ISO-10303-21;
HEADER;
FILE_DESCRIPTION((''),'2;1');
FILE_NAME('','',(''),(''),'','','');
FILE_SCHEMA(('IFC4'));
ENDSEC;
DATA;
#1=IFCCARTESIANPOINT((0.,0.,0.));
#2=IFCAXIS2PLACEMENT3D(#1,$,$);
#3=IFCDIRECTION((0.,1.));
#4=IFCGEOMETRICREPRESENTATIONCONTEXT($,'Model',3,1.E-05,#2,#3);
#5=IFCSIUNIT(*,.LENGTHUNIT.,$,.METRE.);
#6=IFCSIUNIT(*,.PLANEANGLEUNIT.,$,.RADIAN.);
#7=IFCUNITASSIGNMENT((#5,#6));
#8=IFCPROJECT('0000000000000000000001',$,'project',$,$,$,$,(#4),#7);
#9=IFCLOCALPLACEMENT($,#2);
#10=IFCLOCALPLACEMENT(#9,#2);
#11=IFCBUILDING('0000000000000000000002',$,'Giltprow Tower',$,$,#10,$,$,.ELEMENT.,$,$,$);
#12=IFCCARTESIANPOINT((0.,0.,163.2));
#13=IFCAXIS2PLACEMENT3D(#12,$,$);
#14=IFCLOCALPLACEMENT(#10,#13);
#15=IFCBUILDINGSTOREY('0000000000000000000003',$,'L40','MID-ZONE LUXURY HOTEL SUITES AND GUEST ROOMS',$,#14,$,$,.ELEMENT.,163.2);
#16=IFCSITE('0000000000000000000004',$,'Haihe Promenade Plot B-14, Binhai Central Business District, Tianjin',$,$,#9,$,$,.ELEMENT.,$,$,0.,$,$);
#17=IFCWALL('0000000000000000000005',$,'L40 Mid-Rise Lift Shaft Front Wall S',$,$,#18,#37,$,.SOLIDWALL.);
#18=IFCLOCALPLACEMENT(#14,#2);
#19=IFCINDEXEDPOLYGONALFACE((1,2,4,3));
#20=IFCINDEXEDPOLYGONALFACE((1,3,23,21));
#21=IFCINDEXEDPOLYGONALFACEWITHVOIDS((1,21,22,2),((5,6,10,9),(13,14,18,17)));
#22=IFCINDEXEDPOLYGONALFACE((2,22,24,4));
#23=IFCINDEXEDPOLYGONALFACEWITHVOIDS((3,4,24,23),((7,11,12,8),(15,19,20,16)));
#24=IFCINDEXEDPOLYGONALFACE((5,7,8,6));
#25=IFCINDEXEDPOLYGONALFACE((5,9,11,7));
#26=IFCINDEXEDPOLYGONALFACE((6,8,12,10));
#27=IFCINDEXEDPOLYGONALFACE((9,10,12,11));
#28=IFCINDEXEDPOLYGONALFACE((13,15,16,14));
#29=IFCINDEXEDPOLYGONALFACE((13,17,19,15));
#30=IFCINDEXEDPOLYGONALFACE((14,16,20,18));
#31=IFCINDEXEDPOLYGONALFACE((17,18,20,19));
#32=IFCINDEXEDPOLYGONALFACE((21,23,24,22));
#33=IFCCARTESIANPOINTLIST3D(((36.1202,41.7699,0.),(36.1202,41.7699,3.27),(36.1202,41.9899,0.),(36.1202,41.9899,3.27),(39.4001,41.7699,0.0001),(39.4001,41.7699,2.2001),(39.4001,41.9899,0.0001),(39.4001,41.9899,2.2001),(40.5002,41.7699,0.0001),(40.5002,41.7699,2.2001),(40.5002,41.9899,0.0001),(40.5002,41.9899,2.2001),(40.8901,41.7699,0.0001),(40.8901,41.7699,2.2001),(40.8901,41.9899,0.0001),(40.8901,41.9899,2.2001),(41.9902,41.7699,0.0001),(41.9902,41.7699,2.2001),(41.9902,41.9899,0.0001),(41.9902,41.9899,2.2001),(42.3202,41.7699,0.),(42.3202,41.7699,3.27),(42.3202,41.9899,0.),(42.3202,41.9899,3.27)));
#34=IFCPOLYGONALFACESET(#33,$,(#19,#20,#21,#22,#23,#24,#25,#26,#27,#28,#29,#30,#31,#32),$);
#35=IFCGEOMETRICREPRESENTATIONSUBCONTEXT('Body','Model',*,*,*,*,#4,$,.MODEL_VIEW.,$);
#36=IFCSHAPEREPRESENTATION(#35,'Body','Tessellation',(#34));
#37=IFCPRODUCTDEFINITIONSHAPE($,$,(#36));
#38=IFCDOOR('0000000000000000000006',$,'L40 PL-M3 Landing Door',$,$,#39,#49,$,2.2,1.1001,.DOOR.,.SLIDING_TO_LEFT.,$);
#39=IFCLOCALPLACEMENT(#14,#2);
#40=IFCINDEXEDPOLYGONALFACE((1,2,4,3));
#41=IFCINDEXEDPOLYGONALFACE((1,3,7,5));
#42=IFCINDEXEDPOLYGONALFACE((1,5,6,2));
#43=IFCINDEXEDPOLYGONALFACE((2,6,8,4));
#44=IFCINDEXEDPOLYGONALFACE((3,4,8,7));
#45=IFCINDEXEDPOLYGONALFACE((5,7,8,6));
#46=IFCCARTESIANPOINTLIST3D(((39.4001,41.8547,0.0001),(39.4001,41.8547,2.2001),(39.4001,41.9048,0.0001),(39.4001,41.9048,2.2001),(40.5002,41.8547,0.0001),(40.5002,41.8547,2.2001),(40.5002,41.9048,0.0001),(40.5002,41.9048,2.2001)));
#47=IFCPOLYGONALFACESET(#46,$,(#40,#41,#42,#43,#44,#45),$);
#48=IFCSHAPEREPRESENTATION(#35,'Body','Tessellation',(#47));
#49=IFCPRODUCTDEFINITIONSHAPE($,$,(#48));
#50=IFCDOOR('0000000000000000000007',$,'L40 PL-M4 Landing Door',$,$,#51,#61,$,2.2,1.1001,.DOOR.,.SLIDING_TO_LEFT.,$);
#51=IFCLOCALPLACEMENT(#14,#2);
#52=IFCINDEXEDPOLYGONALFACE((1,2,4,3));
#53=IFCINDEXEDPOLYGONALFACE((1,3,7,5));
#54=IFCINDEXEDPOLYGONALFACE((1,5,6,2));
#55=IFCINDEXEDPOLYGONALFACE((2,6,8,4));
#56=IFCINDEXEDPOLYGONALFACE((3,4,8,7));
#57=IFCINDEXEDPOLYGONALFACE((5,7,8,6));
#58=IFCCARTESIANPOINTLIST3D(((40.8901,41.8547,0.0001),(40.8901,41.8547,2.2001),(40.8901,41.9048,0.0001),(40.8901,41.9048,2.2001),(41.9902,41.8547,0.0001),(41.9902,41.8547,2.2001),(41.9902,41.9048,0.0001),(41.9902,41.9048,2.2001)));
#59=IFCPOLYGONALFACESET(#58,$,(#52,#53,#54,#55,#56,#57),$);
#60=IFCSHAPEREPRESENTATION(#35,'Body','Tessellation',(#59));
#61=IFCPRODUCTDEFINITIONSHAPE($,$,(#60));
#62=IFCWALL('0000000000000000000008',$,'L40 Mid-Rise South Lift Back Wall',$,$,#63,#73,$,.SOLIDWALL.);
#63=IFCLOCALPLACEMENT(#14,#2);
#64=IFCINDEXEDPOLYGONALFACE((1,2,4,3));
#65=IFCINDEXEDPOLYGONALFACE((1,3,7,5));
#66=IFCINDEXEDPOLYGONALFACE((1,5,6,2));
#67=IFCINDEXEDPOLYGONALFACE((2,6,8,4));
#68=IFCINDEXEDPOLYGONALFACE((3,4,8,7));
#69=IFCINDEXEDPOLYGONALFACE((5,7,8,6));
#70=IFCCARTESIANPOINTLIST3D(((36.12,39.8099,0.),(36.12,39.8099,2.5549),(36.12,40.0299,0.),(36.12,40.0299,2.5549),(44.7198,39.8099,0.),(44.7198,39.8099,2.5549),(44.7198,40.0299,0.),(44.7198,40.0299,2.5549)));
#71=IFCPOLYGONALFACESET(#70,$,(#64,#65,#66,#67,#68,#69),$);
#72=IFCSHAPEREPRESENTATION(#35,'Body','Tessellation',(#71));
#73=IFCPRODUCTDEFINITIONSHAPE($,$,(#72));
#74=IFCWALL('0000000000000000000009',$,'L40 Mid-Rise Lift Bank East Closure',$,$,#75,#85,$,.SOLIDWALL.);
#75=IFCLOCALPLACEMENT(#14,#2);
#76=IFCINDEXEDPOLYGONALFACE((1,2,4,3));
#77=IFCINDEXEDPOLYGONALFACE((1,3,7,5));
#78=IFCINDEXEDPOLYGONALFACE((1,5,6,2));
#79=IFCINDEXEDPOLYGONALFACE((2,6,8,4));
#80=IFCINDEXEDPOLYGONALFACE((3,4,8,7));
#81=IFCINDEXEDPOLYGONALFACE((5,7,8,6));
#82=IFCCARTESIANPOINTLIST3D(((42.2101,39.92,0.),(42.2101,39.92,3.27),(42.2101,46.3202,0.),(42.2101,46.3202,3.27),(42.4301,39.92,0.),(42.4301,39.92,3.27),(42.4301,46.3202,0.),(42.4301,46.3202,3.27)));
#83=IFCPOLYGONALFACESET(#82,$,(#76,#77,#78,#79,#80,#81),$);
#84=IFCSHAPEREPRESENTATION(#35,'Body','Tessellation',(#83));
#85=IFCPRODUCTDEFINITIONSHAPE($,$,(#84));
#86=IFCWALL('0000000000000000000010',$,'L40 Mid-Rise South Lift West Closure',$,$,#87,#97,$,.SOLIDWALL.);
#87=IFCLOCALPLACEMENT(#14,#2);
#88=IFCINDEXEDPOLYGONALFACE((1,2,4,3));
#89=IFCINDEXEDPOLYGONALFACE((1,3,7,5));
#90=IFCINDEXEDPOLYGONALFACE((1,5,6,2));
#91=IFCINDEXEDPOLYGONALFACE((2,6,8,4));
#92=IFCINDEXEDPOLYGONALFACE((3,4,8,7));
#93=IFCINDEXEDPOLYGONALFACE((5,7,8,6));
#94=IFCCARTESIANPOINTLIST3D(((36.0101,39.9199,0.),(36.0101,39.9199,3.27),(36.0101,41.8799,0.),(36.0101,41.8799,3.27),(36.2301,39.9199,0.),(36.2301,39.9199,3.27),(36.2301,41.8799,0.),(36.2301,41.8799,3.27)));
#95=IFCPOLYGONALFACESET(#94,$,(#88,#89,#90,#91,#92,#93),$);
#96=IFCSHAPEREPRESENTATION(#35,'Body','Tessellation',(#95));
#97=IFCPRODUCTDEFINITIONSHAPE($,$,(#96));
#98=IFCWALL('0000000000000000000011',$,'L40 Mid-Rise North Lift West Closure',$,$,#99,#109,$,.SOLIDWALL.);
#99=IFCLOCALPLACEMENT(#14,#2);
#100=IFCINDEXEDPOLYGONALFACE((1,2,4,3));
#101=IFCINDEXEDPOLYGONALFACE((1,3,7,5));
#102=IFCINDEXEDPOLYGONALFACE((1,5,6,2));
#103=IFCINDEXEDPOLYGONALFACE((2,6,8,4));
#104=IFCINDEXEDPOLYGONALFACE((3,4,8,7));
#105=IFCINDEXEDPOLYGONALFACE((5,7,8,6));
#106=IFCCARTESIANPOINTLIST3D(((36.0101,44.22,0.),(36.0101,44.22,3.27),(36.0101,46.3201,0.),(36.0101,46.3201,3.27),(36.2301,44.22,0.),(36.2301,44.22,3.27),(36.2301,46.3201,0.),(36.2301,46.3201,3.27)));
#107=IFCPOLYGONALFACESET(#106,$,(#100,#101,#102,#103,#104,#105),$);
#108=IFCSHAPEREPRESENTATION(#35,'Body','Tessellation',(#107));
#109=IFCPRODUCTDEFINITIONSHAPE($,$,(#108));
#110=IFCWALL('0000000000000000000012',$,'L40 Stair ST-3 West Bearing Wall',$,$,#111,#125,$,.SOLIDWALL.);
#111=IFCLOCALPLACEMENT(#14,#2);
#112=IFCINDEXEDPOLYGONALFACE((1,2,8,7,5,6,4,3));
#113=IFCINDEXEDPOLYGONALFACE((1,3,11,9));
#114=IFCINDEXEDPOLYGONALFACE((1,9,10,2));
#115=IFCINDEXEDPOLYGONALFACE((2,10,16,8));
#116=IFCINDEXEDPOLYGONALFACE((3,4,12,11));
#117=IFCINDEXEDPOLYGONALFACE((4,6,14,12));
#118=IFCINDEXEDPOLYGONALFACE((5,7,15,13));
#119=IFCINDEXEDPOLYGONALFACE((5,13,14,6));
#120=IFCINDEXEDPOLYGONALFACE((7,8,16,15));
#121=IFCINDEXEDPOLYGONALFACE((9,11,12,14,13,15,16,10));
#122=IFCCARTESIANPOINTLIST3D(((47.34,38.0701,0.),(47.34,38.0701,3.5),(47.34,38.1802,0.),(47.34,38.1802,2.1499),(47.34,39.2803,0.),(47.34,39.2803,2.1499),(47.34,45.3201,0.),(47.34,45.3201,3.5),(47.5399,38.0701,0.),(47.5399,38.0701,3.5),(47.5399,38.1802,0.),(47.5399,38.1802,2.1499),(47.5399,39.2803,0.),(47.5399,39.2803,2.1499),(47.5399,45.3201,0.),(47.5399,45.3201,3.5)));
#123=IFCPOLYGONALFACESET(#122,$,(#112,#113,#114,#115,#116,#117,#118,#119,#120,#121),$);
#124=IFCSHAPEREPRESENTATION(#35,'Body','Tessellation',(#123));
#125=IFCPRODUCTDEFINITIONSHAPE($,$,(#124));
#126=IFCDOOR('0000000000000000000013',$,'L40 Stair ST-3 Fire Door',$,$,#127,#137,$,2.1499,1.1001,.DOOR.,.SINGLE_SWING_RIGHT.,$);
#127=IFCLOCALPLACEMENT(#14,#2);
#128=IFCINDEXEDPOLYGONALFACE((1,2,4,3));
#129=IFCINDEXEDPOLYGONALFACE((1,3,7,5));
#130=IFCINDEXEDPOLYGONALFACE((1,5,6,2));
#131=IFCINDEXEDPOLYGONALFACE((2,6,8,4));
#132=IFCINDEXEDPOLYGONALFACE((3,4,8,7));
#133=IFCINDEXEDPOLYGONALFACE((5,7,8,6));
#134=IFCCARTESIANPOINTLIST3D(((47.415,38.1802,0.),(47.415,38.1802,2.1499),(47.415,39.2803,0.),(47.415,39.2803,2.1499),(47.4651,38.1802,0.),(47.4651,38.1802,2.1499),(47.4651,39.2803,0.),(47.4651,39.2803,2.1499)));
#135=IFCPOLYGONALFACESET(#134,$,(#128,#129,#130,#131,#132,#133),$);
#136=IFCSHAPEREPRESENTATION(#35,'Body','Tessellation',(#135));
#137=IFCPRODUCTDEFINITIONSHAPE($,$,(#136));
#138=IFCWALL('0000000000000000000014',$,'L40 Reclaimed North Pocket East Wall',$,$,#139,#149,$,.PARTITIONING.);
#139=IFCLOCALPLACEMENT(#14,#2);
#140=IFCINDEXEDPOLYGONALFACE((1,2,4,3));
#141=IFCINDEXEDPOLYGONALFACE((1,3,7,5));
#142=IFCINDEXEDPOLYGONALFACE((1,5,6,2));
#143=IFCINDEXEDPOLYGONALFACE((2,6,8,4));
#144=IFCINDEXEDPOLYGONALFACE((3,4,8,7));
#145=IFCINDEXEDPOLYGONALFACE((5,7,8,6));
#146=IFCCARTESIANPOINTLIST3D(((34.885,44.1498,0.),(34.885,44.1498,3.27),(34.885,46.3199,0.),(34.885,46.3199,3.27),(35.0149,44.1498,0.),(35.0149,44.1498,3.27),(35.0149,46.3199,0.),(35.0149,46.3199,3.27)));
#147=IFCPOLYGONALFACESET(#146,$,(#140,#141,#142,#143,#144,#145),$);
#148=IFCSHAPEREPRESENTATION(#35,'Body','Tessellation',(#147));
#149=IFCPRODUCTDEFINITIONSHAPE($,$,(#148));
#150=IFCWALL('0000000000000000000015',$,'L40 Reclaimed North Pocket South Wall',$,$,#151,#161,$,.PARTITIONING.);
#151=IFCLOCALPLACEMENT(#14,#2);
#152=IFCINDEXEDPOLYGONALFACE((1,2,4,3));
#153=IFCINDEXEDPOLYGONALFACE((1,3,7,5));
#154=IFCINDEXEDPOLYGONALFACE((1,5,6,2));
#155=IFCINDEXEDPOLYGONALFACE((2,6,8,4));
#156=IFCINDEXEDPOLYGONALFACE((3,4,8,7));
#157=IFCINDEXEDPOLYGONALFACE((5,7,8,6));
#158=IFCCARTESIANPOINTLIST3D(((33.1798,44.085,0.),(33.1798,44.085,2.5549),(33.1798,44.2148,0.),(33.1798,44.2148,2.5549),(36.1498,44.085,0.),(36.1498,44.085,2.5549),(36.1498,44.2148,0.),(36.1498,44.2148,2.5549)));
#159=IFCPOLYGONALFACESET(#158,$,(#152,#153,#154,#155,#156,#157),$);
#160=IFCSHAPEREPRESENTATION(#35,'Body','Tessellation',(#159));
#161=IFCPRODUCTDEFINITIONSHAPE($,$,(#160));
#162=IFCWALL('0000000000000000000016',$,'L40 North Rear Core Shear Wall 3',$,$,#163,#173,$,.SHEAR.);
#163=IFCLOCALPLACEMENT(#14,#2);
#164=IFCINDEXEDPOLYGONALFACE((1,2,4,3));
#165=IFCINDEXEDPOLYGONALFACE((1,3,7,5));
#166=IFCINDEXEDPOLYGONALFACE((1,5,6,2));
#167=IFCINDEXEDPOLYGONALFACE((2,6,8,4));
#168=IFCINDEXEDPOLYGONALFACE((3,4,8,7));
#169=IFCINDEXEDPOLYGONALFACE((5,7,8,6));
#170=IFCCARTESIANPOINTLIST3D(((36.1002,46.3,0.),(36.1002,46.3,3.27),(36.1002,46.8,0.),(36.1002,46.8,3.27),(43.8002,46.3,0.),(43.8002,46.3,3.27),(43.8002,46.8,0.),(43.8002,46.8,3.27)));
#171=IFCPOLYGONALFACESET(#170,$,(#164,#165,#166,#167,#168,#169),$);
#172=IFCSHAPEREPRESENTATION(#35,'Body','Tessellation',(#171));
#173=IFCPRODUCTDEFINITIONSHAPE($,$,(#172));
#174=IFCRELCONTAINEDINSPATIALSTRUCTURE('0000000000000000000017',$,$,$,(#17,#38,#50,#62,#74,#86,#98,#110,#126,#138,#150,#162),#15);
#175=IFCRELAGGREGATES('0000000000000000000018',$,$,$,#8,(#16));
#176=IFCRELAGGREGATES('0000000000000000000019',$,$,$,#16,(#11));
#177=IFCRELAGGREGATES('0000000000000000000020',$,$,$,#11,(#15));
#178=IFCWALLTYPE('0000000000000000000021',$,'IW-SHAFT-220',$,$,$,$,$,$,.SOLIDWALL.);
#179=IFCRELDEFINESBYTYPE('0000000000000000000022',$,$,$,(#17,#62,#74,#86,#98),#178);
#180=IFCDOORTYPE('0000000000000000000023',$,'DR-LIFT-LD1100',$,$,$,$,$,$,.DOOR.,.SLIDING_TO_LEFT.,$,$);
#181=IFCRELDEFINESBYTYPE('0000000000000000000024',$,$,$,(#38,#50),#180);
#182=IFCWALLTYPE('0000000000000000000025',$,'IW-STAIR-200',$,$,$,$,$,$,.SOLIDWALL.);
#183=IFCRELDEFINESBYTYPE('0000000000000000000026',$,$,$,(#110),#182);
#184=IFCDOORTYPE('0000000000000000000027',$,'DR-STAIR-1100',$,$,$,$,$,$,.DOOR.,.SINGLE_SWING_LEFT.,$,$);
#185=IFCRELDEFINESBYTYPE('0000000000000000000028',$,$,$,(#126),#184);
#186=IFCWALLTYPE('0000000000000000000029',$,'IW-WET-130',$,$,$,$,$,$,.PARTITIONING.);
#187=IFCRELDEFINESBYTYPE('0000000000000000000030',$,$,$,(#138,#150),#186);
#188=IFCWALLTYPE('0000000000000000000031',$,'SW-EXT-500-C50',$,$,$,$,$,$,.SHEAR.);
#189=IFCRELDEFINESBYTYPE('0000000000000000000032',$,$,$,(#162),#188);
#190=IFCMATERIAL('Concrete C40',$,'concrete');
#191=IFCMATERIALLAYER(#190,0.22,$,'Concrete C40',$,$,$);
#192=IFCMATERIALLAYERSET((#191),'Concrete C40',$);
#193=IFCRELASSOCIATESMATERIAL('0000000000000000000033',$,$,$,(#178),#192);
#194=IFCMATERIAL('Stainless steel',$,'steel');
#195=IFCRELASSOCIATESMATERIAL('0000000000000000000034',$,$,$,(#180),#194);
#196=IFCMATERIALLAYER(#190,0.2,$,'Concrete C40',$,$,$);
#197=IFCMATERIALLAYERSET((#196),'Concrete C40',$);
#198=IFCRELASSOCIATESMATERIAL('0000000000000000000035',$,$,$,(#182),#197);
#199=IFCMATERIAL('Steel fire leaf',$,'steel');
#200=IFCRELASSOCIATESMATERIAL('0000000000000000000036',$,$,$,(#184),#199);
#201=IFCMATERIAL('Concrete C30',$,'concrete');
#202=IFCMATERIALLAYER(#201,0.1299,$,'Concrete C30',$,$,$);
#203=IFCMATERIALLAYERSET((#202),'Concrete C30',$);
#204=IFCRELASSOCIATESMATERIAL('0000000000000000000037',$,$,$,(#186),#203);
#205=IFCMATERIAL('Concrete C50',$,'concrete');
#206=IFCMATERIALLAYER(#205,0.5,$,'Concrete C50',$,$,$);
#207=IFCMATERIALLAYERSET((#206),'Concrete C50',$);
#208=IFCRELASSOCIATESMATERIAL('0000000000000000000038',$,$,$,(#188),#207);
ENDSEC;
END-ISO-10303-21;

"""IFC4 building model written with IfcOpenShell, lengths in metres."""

from ifc_helpers import new_model, si_unit, direction, frame, frame_2d, origin, place, context, subcontext, project, spatial, rectangle, extrude, source, transform, mapped, material, layer, layer_set, type_object, element, fill, save


model = new_model("IFC4")

# Units and contexts
model_context = context("Model", 3, precision=1e-05, world=origin(), true_north=direction((0.0, 1.0)))
body_context = subcontext(model_context, "Body", "Model", "MODEL_VIEW")
ifc_project = project(units=[si_unit("LENGTHUNIT", "METRE"), si_unit("PLANEANGLEUNIT", "RADIAN")], contexts=[model_context])

# Site, building, storey
site_placement = place(None, origin())
site = spatial("IfcSite", under=ifc_project, at=site_placement, Name="Haihe Promenade Plot B-14, Binhai Central Business District, Tianjin", CompositionType="ELEMENT", RefElevation=0.0)
building_placement = place(site_placement, origin())
building = spatial("IfcBuilding", under=site, at=building_placement, Name="Giltprow Tower", CompositionType="ELEMENT")
storey_placement = place(building_placement, frame((0.0, 0.0, 163.2)))
storey = spatial("IfcBuildingStorey", under=building, at=storey_placement, Name="L40", Description="MID-ZONE LUXURY HOTEL SUITES AND GUEST ROOMS", CompositionType="ELEMENT", Elevation=163.2)

# Shared definitions
ifc_material_1 = material(Name="Concrete C50", Category="concrete")

# Shared definitions
ifc_material_2 = material(Name="Concrete C40", Category="concrete")
ifc_layer_1 = layer(ifc_material_2, 0.22, Name="Concrete C40")
ifc_layer_set_1 = layer_set([ifc_layer_1], Name="Concrete C40")
wall_type_1 = type_object("IfcWallType", Name="IW-SHAFT-220", PredefinedType="SOLIDWALL", material=ifc_layer_set_1)
ifc_material_3 = material(Name="Stainless steel", Category="steel")
door_type_1 = type_object("IfcDoorType", Name="DR-LIFT-LD1100", OperationType="SLIDING_TO_LEFT", PredefinedType="DOOR", material=ifc_material_3)
shared_shape_1 = source(origin(), body_context, "Body", "SweptSolid", [
    extrude(rectangle(XDim=1.1001, YDim=2.2, at=frame_2d((0.55, 1.1001))), frame((0.0, 0.0249, 0.0), z_axis=(0.0, -1.0, 0.0), x_axis=(1.0, 0.0, 0.0)), (0.0, 0.0, 1.0), 0.05),
])

# Wall, openings, doors
wall_1_placement = place(storey_placement, frame((36.1201, 41.8799, 0.0), z_axis=(0.0, 0.0, 1.0), x_axis=(1.0, 0.0, 0.0)))
wall_1 = element("IfcWall", 1, at=wall_1_placement, inside=storey, type_object=wall_type_1, Name="L40 Mid-Rise Lift Shaft Front Wall S", PredefinedType="SOLIDWALL", context=body_context, shape_type="SweptSolid", body=[
    extrude(rectangle(XDim=6.2, YDim=0.22, at=frame_2d((3.1001, 0.0))), origin(), (0.0, 0.0, 1.0), 3.27),
])
opening_1_placement = place(wall_1_placement, frame((3.28, 0.0, 0.0)))
opening_1 = element("IfcOpeningElement", 2, at=opening_1_placement, cuts=wall_1, PredefinedType="OPENING", context=body_context, shape_type="SweptSolid", body=[
    extrude(rectangle(XDim=1.1001, YDim=2.2, at=frame_2d((0.55, 1.1001))), frame((0.0, 0.1199, 0.0), z_axis=(0.0, -1.0, 0.0), x_axis=(1.0, 0.0, 0.0)), (0.0, 0.0, 1.0), 0.24),
])
opening_2_placement = place(wall_1_placement, frame((4.77, 0.0, 0.0)))
opening_2 = element("IfcOpeningElement", 3, at=opening_2_placement, cuts=wall_1, PredefinedType="OPENING", context=body_context, shape_type="SweptSolid", body=[
    extrude(rectangle(XDim=1.1001, YDim=2.2, at=frame_2d((0.55, 1.1001))), frame((0.0, 0.1199, 0.0), z_axis=(0.0, -1.0, 0.0), x_axis=(1.0, 0.0, 0.0)), (0.0, 0.0, 1.0), 0.24),
])
door_1_placement = place(opening_1_placement, origin())
door_1 = element("IfcDoor", 4, at=door_1_placement, inside=storey, type_object=door_type_1, Name="L40 PL-M3 Landing Door", OperationType="SLIDING_TO_LEFT", OverallHeight=2.2, OverallWidth=1.1001, PredefinedType="DOOR", context=body_context, shape_type="MappedRepresentation", body=[
    mapped(shared_shape_1, transform((0.0, 0.0, 0.0), x_axis=(1.0, 0.0, 0.0), y_axis=(0.0, 1.0, 0.0), z_axis=(0.0, 0.0, 1.0), scale=1.0)),
])
fill(opening_1, door_1)
door_2_placement = place(opening_2_placement, origin())
door_2 = element("IfcDoor", 5, at=door_2_placement, inside=storey, type_object=door_type_1, Name="L40 PL-M4 Landing Door", OperationType="SLIDING_TO_LEFT", OverallHeight=2.2, OverallWidth=1.1001, PredefinedType="DOOR", context=body_context, shape_type="MappedRepresentation", body=[
    mapped(shared_shape_1, transform((0.0, 0.0, 0.0), x_axis=(1.0, 0.0, 0.0), y_axis=(0.0, 1.0, 0.0), z_axis=(0.0, 0.0, 1.0), scale=1.0)),
])
fill(opening_2, door_2)

# Walls
wall_2_placement = place(storey_placement, frame((36.1201, 39.9199, 0.0), z_axis=(0.0, 0.0, 1.0), x_axis=(1.0, 0.0, 0.0)))
element("IfcWall", 6, at=wall_2_placement, inside=storey, type_object=wall_type_1, Name="L40 Mid-Rise South Lift Back Wall", PredefinedType="SOLIDWALL", context=body_context, shape_type="SweptSolid", body=[
    extrude(rectangle(XDim=8.5999, YDim=0.22, at=frame_2d((4.2998, 0.0))), origin(), (0.0, 0.0, 1.0), 2.5549),
])
wall_3_placement = place(storey_placement, frame((42.3201, 39.9199, 0.0), z_axis=(0.0, 0.0, 1.0), x_axis=(0.0, 1.0, 0.0)))
element("IfcWall", 7, at=wall_3_placement, inside=storey, type_object=wall_type_1, Name="L40 Mid-Rise Lift Bank East Closure", PredefinedType="SOLIDWALL", context=body_context, shape_type="SweptSolid", body=[
    extrude(rectangle(XDim=6.4001, YDim=0.22, at=frame_2d((3.2002, 0.0))), origin(), (0.0, 0.0, 1.0), 3.27),
])
wall_4_placement = place(storey_placement, frame((36.1201, 39.9199, 0.0), z_axis=(0.0, 0.0, 1.0), x_axis=(0.0, 1.0, 0.0)))
element("IfcWall", 8, at=wall_4_placement, inside=storey, type_object=wall_type_1, Name="L40 Mid-Rise South Lift West Closure", PredefinedType="SOLIDWALL", context=body_context, shape_type="SweptSolid", body=[
    extrude(rectangle(XDim=1.96, YDim=0.22, at=frame_2d((0.98, 0.0))), origin(), (0.0, 0.0, 1.0), 3.27),
])
wall_5_placement = place(storey_placement, frame((36.1201, 44.22, 0.0), z_axis=(0.0, 0.0, 1.0), x_axis=(0.0, 1.0, 0.0)))
element("IfcWall", 9, at=wall_5_placement, inside=storey, type_object=wall_type_1, Name="L40 Mid-Rise North Lift West Closure", PredefinedType="SOLIDWALL", context=body_context, shape_type="SweptSolid", body=[
    extrude(rectangle(XDim=2.1001, YDim=0.22, at=frame_2d((1.05, 0.0))), origin(), (0.0, 0.0, 1.0), 3.27),
])

# Wall, opening, door
ifc_layer_2 = layer(ifc_material_2, 0.2, Name="Concrete C40")
ifc_layer_set_2 = layer_set([ifc_layer_2], Name="Concrete C40")
wall_type_2 = type_object("IfcWallType", Name="IW-STAIR-200", PredefinedType="SOLIDWALL", material=ifc_layer_set_2)
wall_6_placement = place(storey_placement, frame((47.4399, 38.0701, 0.0), z_axis=(0.0, 0.0, 1.0), x_axis=(0.0, 1.0, 0.0)))
wall_6 = element("IfcWall", 10, at=wall_6_placement, inside=storey, type_object=wall_type_2, Name="L40 Stair ST-3 West Bearing Wall", PredefinedType="SOLIDWALL", context=body_context, shape_type="SweptSolid", body=[
    extrude(rectangle(XDim=7.25, YDim=0.2, at=frame_2d((3.625, 0.0))), origin(), (0.0, 0.0, 1.0), 3.5),
])
opening_3_placement = place(wall_6_placement, frame((0.1101, 0.0, 0.0)))
opening_3 = element("IfcOpeningElement", 11, at=opening_3_placement, cuts=wall_6, PredefinedType="OPENING", context=body_context, shape_type="SweptSolid", body=[
    extrude(rectangle(XDim=1.1001, YDim=2.1499, at=frame_2d((0.55, 1.075))), frame((0.0, 0.1099, 0.0), z_axis=(0.0, -1.0, 0.0), x_axis=(1.0, 0.0, 0.0)), (0.0, 0.0, 1.0), 0.22),
])
ifc_material_4 = material(Name="Steel fire leaf", Category="steel")
door_type_2 = type_object("IfcDoorType", Name="DR-STAIR-1100", OperationType="SINGLE_SWING_LEFT", PredefinedType="DOOR", material=ifc_material_4)
shared_shape_2 = source(origin(), body_context, "Body", "SweptSolid", [
    extrude(rectangle(XDim=1.1001, YDim=2.1499, at=frame_2d((0.55, 1.075))), frame((0.0, 0.0249, 0.0), z_axis=(0.0, -1.0, 0.0), x_axis=(1.0, 0.0, 0.0)), (0.0, 0.0, 1.0), 0.05),
])
door_3_placement = place(opening_3_placement, origin())
door_3 = element("IfcDoor", 12, at=door_3_placement, inside=storey, type_object=door_type_2, Name="L40 Stair ST-3 Fire Door", OperationType="SINGLE_SWING_RIGHT", OverallHeight=2.1499, OverallWidth=1.1001, PredefinedType="DOOR", context=body_context, shape_type="MappedRepresentation", body=[
    mapped(shared_shape_2, transform((0.0, 0.0, 0.0), x_axis=(1.0, 0.0, 0.0), y_axis=(0.0, 1.0, 0.0), z_axis=(0.0, 0.0, 1.0), scale=1.0)),
])
fill(opening_3, door_3)

# Walls
ifc_material_5 = material(Name="Concrete C30", Category="concrete")
ifc_layer_3 = layer(ifc_material_5, 0.1299, Name="Concrete C30")
ifc_layer_set_3 = layer_set([ifc_layer_3], Name="Concrete C30")
wall_type_3 = type_object("IfcWallType", Name="IW-WET-130", PredefinedType="PARTITIONING", material=ifc_layer_set_3)
wall_7_placement = place(storey_placement, frame((34.95, 44.1499, 0.0), z_axis=(0.0, 0.0, 1.0), x_axis=(0.0, 1.0, 0.0)))
element("IfcWall", 13, at=wall_7_placement, inside=storey, type_object=wall_type_3, Name="L40 Reclaimed North Pocket East Wall", PredefinedType="PARTITIONING", context=body_context, shape_type="SweptSolid", body=[
    extrude(rectangle(XDim=2.1702, YDim=0.1299, at=frame_2d((1.085, 0.0))), origin(), (0.0, 0.0, 1.0), 3.27),
])
wall_8_placement = place(storey_placement, frame((33.1799, 44.1499, 0.0), z_axis=(0.0, 0.0, 1.0), x_axis=(1.0, 0.0, 0.0)))
element("IfcWall", 14, at=wall_8_placement, inside=storey, type_object=wall_type_3, Name="L40 Reclaimed North Pocket South Wall", PredefinedType="PARTITIONING", context=body_context, shape_type="SweptSolid", body=[
    extrude(rectangle(XDim=2.97, YDim=0.1299, at=frame_2d((1.4849, 0.0))), origin(), (0.0, 0.0, 1.0), 2.5549),
])
ifc_layer_4 = layer(ifc_material_1, 0.5, Name="Concrete C50")
ifc_layer_set_4 = layer_set([ifc_layer_4], Name="Concrete C50")
wall_type_4 = type_object("IfcWallType", Name="SW-EXT-500-C50", PredefinedType="SHEAR", material=ifc_layer_set_4)
wall_9_placement = place(storey_placement, frame((36.1001, 46.55, 0.0), z_axis=(0.0, 0.0, 1.0), x_axis=(1.0, 0.0, 0.0)))
element("IfcWall", 15, at=wall_9_placement, inside=storey, type_object=wall_type_4, Name="L40 North Rear Core Shear Wall 3", PredefinedType="SHEAR", context=body_context, shape_type="SweptSolid", body=[
    extrude(rectangle(XDim=7.7, YDim=0.5, at=frame_2d((3.8501, 0.0))), origin(), (0.0, 0.0, 1.0), 3.27),
])

save(model, "model.ifc")
